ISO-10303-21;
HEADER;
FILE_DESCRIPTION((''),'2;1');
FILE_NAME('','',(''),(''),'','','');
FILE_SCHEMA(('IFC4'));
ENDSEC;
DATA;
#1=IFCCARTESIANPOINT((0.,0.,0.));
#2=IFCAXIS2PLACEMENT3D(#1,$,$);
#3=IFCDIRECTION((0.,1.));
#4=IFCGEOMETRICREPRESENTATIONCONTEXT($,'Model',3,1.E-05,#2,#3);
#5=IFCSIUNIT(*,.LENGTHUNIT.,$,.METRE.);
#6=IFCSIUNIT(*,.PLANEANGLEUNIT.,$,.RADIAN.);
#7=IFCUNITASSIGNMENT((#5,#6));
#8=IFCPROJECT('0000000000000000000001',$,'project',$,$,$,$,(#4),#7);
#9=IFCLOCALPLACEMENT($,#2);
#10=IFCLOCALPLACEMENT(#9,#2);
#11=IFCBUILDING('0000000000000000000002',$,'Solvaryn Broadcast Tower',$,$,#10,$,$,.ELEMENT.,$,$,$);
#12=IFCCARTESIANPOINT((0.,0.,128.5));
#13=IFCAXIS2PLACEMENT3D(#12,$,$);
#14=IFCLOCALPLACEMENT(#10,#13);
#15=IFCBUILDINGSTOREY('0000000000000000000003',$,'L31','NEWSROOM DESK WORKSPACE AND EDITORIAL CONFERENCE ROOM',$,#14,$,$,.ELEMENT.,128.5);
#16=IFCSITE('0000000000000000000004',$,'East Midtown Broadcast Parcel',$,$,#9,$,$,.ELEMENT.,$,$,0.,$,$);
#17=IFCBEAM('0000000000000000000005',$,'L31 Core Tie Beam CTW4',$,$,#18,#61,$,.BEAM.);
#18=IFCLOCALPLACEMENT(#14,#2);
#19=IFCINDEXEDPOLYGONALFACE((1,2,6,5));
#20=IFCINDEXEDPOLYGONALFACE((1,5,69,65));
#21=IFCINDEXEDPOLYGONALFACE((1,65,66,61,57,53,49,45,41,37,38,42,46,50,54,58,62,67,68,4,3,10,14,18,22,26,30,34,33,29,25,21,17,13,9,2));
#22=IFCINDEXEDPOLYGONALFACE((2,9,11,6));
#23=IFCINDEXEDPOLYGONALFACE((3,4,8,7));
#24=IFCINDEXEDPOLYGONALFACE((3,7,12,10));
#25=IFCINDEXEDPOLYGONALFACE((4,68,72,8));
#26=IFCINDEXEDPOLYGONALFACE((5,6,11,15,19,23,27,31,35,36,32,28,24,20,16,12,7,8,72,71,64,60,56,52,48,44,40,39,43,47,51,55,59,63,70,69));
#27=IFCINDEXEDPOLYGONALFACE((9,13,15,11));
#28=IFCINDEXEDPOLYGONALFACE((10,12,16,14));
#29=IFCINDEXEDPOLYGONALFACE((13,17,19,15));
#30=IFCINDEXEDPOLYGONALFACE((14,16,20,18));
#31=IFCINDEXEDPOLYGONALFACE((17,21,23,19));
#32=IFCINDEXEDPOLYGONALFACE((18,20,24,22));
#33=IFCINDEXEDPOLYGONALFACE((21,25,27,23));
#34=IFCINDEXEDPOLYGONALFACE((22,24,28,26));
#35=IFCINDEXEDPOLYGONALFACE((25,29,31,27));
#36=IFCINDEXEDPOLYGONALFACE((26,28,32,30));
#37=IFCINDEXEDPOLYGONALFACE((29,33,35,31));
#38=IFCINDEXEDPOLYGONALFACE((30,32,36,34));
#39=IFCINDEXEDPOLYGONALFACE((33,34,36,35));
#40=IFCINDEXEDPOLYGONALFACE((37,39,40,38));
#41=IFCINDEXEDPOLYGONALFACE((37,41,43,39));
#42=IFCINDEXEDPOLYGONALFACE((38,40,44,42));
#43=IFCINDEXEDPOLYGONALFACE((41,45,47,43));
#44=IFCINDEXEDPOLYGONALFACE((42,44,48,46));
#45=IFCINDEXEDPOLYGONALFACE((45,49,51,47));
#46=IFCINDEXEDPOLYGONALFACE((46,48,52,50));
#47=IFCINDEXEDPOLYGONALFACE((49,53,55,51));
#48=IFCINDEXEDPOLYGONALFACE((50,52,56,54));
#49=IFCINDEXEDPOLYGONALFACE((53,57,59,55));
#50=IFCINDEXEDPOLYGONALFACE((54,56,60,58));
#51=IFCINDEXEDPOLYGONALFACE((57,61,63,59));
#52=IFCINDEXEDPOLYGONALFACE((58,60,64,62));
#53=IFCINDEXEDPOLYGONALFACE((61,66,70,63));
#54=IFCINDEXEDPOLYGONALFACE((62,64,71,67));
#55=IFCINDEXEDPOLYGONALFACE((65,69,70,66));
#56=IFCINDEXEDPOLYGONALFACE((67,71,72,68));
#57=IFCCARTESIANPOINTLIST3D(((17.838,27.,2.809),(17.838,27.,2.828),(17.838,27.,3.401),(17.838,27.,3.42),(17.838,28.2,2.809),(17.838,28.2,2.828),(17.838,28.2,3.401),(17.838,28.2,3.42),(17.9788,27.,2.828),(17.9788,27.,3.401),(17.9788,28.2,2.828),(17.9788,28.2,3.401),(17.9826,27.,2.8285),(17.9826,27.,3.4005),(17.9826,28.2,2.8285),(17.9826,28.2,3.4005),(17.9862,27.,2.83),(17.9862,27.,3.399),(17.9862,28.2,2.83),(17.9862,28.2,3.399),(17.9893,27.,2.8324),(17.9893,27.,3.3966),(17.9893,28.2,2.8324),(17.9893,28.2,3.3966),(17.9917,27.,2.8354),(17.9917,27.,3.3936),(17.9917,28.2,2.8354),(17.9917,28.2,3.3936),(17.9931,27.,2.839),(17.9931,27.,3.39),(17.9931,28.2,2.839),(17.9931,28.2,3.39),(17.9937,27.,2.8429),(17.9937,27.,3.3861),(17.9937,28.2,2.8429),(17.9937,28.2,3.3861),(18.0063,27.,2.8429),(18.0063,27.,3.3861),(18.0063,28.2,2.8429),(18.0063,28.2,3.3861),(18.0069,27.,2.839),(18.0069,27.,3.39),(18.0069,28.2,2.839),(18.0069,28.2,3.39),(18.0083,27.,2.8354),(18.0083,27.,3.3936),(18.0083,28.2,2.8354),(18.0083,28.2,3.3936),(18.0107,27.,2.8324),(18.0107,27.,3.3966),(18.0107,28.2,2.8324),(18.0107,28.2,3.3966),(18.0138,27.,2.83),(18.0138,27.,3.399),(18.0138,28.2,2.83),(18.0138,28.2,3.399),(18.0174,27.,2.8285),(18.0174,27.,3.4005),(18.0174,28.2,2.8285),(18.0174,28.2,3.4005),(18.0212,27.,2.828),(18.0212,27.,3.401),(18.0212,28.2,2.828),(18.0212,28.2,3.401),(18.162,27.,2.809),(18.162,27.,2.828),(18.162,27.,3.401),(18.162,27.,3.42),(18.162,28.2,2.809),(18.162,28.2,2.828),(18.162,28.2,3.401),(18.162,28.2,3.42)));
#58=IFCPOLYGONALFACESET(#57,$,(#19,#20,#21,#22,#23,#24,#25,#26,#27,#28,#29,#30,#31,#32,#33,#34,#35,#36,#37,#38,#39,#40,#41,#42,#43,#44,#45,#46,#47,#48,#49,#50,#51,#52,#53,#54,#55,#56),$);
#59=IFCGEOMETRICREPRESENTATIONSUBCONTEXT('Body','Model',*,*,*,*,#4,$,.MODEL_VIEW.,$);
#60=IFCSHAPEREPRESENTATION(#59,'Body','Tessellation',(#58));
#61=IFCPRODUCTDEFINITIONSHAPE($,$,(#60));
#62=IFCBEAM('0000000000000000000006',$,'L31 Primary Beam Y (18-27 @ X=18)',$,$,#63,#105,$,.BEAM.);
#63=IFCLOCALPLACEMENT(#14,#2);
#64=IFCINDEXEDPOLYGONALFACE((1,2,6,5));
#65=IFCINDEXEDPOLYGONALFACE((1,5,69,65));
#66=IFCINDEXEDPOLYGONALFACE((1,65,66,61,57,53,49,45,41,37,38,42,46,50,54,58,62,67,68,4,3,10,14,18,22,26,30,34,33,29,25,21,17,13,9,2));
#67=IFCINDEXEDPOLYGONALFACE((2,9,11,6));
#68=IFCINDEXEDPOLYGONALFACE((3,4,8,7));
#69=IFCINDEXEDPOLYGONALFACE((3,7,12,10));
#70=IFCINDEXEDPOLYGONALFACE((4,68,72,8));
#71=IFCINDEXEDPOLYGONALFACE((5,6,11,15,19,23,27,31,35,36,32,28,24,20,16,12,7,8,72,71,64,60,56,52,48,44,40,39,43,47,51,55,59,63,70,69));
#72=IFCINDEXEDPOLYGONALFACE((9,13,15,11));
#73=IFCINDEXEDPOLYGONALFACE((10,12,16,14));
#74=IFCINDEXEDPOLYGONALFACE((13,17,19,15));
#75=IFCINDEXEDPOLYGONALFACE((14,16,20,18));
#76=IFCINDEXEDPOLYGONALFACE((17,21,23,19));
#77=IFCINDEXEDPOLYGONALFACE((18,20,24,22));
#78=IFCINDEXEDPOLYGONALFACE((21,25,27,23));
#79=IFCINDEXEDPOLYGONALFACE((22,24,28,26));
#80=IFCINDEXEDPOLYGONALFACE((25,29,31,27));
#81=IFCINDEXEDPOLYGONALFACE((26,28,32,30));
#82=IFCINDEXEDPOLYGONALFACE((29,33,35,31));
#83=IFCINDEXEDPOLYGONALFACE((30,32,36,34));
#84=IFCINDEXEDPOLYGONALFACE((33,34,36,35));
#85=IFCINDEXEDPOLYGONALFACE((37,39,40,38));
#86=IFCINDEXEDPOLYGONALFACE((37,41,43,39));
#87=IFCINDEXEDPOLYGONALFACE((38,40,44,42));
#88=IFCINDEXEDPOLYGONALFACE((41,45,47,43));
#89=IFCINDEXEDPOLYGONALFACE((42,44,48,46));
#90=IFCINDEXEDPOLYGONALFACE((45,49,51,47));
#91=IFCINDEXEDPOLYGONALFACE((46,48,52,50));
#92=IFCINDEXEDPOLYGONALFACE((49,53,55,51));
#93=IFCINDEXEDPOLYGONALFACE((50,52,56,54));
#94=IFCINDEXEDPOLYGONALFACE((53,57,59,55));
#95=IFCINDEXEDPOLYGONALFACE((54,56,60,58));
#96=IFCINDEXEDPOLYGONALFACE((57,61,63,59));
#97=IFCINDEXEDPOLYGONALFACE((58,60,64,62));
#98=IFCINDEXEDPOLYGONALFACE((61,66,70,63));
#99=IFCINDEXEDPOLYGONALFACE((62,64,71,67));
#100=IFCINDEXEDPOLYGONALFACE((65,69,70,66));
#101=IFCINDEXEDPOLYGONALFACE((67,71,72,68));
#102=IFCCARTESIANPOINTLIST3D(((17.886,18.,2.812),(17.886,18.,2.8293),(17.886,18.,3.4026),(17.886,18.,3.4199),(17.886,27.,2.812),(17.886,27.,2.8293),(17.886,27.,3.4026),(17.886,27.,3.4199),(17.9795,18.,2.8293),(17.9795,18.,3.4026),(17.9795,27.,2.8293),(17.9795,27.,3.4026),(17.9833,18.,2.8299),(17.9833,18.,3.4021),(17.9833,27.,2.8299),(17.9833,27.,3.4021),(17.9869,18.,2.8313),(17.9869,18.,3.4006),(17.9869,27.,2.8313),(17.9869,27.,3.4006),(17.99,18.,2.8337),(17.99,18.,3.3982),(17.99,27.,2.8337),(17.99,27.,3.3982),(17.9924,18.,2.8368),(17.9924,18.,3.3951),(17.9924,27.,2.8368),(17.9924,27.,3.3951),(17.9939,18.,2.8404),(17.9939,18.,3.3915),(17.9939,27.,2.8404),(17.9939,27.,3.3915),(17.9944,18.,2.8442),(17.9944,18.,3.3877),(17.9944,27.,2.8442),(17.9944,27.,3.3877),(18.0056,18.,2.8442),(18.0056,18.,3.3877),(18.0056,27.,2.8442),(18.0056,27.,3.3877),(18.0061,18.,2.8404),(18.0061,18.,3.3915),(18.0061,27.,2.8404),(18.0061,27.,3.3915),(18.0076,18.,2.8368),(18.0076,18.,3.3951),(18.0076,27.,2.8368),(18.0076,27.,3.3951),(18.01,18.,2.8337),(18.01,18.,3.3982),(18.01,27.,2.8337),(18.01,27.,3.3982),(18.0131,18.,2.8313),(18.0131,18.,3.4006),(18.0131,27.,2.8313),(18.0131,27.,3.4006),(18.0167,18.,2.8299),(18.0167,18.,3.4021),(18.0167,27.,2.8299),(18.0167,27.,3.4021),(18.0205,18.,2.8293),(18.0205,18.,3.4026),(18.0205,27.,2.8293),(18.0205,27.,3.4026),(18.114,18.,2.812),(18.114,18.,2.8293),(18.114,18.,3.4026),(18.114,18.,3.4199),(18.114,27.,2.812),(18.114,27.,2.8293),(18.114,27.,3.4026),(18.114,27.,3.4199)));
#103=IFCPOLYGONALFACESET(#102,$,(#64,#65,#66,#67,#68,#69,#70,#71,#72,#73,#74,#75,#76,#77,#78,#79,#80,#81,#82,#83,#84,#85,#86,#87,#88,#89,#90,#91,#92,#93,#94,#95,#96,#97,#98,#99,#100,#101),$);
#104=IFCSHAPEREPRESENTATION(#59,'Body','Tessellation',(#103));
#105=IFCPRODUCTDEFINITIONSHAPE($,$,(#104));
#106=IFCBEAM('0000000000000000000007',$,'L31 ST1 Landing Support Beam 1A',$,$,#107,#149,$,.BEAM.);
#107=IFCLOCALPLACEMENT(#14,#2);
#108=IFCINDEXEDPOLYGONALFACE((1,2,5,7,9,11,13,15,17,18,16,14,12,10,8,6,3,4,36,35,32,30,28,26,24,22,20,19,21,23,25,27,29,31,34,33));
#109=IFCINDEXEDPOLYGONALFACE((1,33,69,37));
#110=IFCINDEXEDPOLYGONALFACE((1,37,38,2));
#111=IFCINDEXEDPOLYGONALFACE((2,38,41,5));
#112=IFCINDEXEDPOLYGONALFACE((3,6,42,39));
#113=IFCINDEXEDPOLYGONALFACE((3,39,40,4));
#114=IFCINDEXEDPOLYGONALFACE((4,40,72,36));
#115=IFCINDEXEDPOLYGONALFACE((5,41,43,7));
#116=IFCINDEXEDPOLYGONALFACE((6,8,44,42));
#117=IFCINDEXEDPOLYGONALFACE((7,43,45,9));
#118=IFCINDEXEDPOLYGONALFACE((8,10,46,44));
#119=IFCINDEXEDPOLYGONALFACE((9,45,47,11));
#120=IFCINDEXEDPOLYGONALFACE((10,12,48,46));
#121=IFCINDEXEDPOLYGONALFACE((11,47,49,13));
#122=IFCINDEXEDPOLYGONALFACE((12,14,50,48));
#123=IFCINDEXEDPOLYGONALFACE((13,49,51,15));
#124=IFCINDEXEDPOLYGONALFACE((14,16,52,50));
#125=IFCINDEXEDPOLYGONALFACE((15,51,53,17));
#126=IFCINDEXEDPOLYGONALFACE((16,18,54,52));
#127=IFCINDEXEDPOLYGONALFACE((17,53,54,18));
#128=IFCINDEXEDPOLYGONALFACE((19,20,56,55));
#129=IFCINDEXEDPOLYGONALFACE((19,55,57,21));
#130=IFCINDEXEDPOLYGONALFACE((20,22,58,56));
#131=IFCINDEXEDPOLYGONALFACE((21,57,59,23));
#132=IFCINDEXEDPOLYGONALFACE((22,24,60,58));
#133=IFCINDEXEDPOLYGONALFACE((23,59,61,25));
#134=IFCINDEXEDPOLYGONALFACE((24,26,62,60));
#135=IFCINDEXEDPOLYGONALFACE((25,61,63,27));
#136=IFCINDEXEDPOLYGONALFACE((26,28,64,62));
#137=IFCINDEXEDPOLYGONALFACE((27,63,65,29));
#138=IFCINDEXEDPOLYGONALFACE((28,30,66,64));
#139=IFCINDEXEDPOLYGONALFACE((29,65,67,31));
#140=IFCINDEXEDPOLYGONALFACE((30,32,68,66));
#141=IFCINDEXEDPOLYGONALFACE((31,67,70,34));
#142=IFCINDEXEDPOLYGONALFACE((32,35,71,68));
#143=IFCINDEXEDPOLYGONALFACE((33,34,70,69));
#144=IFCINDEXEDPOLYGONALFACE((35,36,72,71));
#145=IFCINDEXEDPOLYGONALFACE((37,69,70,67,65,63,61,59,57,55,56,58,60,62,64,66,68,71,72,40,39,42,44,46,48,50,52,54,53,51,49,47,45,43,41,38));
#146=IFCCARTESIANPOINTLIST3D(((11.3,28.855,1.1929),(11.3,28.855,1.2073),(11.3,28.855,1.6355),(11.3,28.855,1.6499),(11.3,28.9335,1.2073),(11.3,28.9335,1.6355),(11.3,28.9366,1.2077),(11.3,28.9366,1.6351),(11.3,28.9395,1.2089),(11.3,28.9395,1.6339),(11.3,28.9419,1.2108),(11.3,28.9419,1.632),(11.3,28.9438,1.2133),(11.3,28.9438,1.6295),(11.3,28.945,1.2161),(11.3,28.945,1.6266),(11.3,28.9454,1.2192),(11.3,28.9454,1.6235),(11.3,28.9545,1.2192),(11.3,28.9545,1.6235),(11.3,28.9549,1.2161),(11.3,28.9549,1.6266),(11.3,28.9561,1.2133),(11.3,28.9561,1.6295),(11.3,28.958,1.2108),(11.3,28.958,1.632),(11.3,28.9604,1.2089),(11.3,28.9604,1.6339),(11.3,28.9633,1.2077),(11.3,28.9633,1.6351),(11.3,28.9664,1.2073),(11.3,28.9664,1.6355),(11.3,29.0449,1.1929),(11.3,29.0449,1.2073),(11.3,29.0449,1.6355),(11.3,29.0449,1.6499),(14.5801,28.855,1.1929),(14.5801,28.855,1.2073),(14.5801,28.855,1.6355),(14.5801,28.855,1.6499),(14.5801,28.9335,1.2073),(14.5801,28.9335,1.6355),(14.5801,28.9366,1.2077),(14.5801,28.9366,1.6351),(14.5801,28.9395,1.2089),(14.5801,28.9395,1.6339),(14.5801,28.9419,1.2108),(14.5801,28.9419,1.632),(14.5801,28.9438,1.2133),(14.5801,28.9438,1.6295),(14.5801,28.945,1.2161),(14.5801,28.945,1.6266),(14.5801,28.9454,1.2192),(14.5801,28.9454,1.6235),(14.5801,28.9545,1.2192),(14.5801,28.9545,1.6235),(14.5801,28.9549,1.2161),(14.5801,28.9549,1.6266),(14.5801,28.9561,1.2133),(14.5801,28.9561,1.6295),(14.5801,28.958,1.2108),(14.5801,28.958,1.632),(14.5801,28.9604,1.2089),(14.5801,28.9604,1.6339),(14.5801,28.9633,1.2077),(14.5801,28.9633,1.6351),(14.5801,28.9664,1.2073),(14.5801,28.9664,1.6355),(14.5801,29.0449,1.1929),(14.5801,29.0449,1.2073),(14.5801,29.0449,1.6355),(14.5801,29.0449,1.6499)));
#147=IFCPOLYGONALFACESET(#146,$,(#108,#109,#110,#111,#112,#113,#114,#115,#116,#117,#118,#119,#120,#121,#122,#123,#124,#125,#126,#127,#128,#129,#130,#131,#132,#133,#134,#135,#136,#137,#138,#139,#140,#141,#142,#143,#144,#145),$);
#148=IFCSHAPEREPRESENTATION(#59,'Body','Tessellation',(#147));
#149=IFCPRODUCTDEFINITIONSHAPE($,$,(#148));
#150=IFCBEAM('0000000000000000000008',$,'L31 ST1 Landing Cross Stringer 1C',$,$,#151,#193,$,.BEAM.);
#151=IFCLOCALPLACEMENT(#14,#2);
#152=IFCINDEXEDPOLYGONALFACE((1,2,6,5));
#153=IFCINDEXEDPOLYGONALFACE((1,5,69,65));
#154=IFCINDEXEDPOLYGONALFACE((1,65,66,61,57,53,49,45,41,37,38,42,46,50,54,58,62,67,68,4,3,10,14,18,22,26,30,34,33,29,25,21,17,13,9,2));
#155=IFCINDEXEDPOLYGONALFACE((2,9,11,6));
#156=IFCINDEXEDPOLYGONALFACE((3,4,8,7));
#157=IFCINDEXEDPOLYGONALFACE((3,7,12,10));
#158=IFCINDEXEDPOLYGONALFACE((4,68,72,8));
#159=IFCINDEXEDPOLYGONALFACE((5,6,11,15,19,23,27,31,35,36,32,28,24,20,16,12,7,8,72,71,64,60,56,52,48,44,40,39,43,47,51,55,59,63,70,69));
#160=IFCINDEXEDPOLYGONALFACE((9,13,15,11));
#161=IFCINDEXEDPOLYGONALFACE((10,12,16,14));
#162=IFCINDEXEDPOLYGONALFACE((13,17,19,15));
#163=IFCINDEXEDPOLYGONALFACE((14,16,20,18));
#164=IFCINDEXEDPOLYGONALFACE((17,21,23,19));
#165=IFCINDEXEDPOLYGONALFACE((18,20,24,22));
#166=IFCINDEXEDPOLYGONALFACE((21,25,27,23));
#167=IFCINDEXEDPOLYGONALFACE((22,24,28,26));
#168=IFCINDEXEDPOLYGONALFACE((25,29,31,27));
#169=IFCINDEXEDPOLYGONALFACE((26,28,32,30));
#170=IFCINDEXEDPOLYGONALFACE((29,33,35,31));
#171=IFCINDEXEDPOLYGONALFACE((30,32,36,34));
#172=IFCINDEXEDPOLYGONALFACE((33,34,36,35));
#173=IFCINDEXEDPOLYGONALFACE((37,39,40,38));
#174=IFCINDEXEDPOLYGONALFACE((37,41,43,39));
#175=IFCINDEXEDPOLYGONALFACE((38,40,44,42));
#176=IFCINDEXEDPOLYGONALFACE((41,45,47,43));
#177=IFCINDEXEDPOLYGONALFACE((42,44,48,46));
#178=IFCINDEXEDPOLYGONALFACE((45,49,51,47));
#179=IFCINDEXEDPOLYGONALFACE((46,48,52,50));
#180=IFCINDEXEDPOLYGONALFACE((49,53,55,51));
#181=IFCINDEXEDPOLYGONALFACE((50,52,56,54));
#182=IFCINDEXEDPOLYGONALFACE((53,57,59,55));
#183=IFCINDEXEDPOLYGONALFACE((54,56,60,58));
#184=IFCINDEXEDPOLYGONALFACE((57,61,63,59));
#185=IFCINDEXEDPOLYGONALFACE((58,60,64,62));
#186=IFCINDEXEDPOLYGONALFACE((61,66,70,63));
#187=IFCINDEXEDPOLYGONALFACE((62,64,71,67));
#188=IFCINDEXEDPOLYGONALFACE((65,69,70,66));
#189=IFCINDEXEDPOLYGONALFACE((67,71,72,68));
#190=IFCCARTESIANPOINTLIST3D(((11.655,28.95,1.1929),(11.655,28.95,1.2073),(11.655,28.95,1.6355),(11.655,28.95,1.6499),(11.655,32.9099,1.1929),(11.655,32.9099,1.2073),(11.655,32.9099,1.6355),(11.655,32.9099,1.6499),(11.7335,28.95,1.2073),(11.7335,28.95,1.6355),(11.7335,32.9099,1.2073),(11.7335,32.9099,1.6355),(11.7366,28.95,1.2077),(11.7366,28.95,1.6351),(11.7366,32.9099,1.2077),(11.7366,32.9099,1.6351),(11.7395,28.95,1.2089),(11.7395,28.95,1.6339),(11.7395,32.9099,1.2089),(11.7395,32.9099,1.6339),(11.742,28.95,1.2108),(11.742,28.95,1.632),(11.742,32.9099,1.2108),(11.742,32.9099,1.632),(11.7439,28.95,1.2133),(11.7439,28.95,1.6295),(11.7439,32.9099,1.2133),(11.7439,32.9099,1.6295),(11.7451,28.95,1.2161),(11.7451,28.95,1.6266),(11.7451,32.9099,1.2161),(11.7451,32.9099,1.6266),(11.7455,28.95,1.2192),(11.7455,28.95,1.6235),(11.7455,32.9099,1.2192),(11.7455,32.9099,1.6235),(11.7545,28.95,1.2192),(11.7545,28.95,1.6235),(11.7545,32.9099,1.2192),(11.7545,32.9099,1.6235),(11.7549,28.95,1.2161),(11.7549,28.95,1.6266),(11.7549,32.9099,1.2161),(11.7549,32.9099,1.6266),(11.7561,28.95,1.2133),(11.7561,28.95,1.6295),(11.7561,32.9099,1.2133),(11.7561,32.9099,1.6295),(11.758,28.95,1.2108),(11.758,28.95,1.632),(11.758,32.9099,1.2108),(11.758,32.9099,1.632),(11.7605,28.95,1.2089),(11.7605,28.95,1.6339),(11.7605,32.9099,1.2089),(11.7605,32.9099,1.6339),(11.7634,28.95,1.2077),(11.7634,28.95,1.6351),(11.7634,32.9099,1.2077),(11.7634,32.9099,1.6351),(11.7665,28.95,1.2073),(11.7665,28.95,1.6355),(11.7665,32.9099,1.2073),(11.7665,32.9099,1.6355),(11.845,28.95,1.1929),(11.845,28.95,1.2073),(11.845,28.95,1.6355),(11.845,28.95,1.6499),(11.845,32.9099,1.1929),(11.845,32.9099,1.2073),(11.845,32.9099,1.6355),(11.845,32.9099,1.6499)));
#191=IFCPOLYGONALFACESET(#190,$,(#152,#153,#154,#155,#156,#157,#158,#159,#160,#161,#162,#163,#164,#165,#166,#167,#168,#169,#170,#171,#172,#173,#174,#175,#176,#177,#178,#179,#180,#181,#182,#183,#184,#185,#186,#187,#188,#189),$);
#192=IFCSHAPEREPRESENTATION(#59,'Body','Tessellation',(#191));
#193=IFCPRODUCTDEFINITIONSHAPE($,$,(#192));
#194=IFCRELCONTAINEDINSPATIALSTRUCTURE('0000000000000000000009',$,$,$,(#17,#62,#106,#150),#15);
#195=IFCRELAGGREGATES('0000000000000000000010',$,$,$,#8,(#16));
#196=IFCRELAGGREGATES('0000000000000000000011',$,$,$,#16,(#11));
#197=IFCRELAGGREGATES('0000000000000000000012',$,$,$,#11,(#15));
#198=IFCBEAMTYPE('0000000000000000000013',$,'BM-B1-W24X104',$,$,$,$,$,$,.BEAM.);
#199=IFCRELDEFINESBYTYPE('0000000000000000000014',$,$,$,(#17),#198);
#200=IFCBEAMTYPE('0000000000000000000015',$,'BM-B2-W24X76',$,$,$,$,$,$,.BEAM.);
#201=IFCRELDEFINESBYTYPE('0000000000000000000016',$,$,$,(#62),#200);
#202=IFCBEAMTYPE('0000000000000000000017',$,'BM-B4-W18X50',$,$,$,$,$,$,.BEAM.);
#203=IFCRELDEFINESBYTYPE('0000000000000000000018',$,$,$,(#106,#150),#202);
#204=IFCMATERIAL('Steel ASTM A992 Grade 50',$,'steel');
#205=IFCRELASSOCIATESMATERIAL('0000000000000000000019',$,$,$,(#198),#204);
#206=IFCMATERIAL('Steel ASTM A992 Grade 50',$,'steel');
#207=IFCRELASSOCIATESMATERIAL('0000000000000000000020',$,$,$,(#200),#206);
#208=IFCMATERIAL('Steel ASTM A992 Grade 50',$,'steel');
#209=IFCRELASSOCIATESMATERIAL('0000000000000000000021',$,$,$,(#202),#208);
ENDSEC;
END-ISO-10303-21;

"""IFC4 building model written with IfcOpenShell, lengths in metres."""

from ifc_helpers import new_model, si_unit, direction, frame, origin, origin_2d, place, context, subcontext, project, spatial, i_section, extrude, material, material_profile, profile_set, type_object, element, save


model = new_model("IFC4")

# Units and contexts
model_context = context("Model", 3, precision=1e-05, world=origin(), true_north=direction((0.0, 1.0)))
body_context = subcontext(model_context, "Body", "Model", "MODEL_VIEW")
ifc_project = project(units=[si_unit("LENGTHUNIT", "METRE"), si_unit("PLANEANGLEUNIT", "RADIAN")], contexts=[model_context])

# Site, building, storey
site_placement = place(None, origin())
site = spatial("IfcSite", under=ifc_project, at=site_placement, Name="East Midtown Broadcast Parcel", CompositionType="ELEMENT", RefElevation=0.0)
building_placement = place(site_placement, origin())
building = spatial("IfcBuilding", under=site, at=building_placement, Name="Solvaryn Broadcast Tower", CompositionType="ELEMENT")
storey_placement = place(building_placement, frame((0.0, 0.0, 128.5)))
storey = spatial("IfcBuildingStorey", under=building, at=storey_placement, Name="L31", Description="NEWSROOM DESK WORKSPACE AND EDITORIAL CONFERENCE ROOM", CompositionType="ELEMENT", Elevation=128.5)

# Beams
ifc_material_1 = material(Name="Steel ASTM A992 Grade 50", Category="steel")
ifc_material_profile_1 = material_profile(ifc_material_1, i_section(OverallWidth=0.324, OverallDepth=0.6111, WebThickness=0.0127, FlangeThickness=0.019, FilletRadius=0.0149, at=origin_2d()))
ifc_profile_set_1 = profile_set([ifc_material_profile_1], Name="Steel ASTM A992 Grade 50")
beam_type_1 = type_object("IfcBeamType", Name="BM-B1-W24X104", PredefinedType="BEAM", material=ifc_profile_set_1)
beam_1_placement = place(storey_placement, frame((18.0, 27.0, 3.1145), z_axis=(0.0, 1.0, 0.0), x_axis=(-1.0, 0.0, 0.0)))
element("IfcBeam", 1, at=beam_1_placement, inside=storey, type_object=beam_type_1, Name="L31 Core Tie Beam CTW4", PredefinedType="BEAM", context=body_context, shape_type="SweptSolid", body=[
    extrude(i_section(OverallWidth=0.324, OverallDepth=0.6111, WebThickness=0.0127, FlangeThickness=0.019, FilletRadius=0.0149, at=origin_2d()), origin(), (0.0, 0.0, 1.0), 1.2),
])
ifc_material_2 = material(Name="Steel ASTM A992 Grade 50", Category="steel")
ifc_material_profile_2 = material_profile(ifc_material_2, i_section(OverallWidth=0.228, OverallDepth=0.6079, WebThickness=0.0112, FlangeThickness=0.0173, FilletRadius=0.0149, at=origin_2d()))
ifc_profile_set_2 = profile_set([ifc_material_profile_2], Name="Steel ASTM A992 Grade 50")
beam_type_2 = type_object("IfcBeamType", Name="BM-B2-W24X76", PredefinedType="BEAM", material=ifc_profile_set_2)
beam_2_placement = place(storey_placement, frame((18.0, 18.0, 3.116), z_axis=(0.0, 1.0, 0.0), x_axis=(-1.0, 0.0, 0.0)))
element("IfcBeam", 2, at=beam_2_placement, inside=storey, type_object=beam_type_2, Name="L31 Primary Beam Y (18-27 @ X=18)", PredefinedType="BEAM", context=body_context, shape_type="SweptSolid", body=[
    extrude(i_section(OverallWidth=0.228, OverallDepth=0.6079, WebThickness=0.0112, FlangeThickness=0.0173, FilletRadius=0.0149, at=origin_2d()), origin(), (0.0, 0.0, 1.0), 9.0),
])
ifc_material_3 = material(Name="Steel ASTM A992 Grade 50", Category="steel")
ifc_material_profile_3 = material_profile(ifc_material_3, i_section(OverallWidth=0.1899, OverallDepth=0.457, WebThickness=0.009, FlangeThickness=0.0144, FilletRadius=0.012, at=origin_2d()))
ifc_profile_set_3 = profile_set([ifc_material_profile_3], Name="Steel ASTM A992 Grade 50")
beam_type_3 = type_object("IfcBeamType", Name="BM-B4-W18X50", PredefinedType="BEAM", material=ifc_profile_set_3)
beam_3_placement = place(storey_placement, frame((11.3, 28.95, 1.4214), z_axis=(1.0, 0.0, 0.0), x_axis=(0.0, 1.0, 0.0)))
element("IfcBeam", 3, at=beam_3_placement, inside=storey, type_object=beam_type_3, Name="L31 ST1 Landing Support Beam 1A", PredefinedType="BEAM", context=body_context, shape_type="SweptSolid", body=[
    extrude(i_section(OverallWidth=0.1899, OverallDepth=0.457, WebThickness=0.009, FlangeThickness=0.0144, FilletRadius=0.012, at=origin_2d()), origin(), (0.0, 0.0, 1.0), 3.28),
])
beam_4_placement = place(storey_placement, frame((11.75, 28.95, 1.4214), z_axis=(0.0, 1.0, 0.0), x_axis=(-1.0, 0.0, 0.0)))
element("IfcBeam", 4, at=beam_4_placement, inside=storey, type_object=beam_type_3, Name="L31 ST1 Landing Cross Stringer 1C", PredefinedType="BEAM", context=body_context, shape_type="SweptSolid", body=[
    extrude(i_section(OverallWidth=0.1899, OverallDepth=0.457, WebThickness=0.009, FlangeThickness=0.0144, FilletRadius=0.012, at=origin_2d()), origin(), (0.0, 0.0, 1.0), 3.96),
])

save(model, "model.ifc")
